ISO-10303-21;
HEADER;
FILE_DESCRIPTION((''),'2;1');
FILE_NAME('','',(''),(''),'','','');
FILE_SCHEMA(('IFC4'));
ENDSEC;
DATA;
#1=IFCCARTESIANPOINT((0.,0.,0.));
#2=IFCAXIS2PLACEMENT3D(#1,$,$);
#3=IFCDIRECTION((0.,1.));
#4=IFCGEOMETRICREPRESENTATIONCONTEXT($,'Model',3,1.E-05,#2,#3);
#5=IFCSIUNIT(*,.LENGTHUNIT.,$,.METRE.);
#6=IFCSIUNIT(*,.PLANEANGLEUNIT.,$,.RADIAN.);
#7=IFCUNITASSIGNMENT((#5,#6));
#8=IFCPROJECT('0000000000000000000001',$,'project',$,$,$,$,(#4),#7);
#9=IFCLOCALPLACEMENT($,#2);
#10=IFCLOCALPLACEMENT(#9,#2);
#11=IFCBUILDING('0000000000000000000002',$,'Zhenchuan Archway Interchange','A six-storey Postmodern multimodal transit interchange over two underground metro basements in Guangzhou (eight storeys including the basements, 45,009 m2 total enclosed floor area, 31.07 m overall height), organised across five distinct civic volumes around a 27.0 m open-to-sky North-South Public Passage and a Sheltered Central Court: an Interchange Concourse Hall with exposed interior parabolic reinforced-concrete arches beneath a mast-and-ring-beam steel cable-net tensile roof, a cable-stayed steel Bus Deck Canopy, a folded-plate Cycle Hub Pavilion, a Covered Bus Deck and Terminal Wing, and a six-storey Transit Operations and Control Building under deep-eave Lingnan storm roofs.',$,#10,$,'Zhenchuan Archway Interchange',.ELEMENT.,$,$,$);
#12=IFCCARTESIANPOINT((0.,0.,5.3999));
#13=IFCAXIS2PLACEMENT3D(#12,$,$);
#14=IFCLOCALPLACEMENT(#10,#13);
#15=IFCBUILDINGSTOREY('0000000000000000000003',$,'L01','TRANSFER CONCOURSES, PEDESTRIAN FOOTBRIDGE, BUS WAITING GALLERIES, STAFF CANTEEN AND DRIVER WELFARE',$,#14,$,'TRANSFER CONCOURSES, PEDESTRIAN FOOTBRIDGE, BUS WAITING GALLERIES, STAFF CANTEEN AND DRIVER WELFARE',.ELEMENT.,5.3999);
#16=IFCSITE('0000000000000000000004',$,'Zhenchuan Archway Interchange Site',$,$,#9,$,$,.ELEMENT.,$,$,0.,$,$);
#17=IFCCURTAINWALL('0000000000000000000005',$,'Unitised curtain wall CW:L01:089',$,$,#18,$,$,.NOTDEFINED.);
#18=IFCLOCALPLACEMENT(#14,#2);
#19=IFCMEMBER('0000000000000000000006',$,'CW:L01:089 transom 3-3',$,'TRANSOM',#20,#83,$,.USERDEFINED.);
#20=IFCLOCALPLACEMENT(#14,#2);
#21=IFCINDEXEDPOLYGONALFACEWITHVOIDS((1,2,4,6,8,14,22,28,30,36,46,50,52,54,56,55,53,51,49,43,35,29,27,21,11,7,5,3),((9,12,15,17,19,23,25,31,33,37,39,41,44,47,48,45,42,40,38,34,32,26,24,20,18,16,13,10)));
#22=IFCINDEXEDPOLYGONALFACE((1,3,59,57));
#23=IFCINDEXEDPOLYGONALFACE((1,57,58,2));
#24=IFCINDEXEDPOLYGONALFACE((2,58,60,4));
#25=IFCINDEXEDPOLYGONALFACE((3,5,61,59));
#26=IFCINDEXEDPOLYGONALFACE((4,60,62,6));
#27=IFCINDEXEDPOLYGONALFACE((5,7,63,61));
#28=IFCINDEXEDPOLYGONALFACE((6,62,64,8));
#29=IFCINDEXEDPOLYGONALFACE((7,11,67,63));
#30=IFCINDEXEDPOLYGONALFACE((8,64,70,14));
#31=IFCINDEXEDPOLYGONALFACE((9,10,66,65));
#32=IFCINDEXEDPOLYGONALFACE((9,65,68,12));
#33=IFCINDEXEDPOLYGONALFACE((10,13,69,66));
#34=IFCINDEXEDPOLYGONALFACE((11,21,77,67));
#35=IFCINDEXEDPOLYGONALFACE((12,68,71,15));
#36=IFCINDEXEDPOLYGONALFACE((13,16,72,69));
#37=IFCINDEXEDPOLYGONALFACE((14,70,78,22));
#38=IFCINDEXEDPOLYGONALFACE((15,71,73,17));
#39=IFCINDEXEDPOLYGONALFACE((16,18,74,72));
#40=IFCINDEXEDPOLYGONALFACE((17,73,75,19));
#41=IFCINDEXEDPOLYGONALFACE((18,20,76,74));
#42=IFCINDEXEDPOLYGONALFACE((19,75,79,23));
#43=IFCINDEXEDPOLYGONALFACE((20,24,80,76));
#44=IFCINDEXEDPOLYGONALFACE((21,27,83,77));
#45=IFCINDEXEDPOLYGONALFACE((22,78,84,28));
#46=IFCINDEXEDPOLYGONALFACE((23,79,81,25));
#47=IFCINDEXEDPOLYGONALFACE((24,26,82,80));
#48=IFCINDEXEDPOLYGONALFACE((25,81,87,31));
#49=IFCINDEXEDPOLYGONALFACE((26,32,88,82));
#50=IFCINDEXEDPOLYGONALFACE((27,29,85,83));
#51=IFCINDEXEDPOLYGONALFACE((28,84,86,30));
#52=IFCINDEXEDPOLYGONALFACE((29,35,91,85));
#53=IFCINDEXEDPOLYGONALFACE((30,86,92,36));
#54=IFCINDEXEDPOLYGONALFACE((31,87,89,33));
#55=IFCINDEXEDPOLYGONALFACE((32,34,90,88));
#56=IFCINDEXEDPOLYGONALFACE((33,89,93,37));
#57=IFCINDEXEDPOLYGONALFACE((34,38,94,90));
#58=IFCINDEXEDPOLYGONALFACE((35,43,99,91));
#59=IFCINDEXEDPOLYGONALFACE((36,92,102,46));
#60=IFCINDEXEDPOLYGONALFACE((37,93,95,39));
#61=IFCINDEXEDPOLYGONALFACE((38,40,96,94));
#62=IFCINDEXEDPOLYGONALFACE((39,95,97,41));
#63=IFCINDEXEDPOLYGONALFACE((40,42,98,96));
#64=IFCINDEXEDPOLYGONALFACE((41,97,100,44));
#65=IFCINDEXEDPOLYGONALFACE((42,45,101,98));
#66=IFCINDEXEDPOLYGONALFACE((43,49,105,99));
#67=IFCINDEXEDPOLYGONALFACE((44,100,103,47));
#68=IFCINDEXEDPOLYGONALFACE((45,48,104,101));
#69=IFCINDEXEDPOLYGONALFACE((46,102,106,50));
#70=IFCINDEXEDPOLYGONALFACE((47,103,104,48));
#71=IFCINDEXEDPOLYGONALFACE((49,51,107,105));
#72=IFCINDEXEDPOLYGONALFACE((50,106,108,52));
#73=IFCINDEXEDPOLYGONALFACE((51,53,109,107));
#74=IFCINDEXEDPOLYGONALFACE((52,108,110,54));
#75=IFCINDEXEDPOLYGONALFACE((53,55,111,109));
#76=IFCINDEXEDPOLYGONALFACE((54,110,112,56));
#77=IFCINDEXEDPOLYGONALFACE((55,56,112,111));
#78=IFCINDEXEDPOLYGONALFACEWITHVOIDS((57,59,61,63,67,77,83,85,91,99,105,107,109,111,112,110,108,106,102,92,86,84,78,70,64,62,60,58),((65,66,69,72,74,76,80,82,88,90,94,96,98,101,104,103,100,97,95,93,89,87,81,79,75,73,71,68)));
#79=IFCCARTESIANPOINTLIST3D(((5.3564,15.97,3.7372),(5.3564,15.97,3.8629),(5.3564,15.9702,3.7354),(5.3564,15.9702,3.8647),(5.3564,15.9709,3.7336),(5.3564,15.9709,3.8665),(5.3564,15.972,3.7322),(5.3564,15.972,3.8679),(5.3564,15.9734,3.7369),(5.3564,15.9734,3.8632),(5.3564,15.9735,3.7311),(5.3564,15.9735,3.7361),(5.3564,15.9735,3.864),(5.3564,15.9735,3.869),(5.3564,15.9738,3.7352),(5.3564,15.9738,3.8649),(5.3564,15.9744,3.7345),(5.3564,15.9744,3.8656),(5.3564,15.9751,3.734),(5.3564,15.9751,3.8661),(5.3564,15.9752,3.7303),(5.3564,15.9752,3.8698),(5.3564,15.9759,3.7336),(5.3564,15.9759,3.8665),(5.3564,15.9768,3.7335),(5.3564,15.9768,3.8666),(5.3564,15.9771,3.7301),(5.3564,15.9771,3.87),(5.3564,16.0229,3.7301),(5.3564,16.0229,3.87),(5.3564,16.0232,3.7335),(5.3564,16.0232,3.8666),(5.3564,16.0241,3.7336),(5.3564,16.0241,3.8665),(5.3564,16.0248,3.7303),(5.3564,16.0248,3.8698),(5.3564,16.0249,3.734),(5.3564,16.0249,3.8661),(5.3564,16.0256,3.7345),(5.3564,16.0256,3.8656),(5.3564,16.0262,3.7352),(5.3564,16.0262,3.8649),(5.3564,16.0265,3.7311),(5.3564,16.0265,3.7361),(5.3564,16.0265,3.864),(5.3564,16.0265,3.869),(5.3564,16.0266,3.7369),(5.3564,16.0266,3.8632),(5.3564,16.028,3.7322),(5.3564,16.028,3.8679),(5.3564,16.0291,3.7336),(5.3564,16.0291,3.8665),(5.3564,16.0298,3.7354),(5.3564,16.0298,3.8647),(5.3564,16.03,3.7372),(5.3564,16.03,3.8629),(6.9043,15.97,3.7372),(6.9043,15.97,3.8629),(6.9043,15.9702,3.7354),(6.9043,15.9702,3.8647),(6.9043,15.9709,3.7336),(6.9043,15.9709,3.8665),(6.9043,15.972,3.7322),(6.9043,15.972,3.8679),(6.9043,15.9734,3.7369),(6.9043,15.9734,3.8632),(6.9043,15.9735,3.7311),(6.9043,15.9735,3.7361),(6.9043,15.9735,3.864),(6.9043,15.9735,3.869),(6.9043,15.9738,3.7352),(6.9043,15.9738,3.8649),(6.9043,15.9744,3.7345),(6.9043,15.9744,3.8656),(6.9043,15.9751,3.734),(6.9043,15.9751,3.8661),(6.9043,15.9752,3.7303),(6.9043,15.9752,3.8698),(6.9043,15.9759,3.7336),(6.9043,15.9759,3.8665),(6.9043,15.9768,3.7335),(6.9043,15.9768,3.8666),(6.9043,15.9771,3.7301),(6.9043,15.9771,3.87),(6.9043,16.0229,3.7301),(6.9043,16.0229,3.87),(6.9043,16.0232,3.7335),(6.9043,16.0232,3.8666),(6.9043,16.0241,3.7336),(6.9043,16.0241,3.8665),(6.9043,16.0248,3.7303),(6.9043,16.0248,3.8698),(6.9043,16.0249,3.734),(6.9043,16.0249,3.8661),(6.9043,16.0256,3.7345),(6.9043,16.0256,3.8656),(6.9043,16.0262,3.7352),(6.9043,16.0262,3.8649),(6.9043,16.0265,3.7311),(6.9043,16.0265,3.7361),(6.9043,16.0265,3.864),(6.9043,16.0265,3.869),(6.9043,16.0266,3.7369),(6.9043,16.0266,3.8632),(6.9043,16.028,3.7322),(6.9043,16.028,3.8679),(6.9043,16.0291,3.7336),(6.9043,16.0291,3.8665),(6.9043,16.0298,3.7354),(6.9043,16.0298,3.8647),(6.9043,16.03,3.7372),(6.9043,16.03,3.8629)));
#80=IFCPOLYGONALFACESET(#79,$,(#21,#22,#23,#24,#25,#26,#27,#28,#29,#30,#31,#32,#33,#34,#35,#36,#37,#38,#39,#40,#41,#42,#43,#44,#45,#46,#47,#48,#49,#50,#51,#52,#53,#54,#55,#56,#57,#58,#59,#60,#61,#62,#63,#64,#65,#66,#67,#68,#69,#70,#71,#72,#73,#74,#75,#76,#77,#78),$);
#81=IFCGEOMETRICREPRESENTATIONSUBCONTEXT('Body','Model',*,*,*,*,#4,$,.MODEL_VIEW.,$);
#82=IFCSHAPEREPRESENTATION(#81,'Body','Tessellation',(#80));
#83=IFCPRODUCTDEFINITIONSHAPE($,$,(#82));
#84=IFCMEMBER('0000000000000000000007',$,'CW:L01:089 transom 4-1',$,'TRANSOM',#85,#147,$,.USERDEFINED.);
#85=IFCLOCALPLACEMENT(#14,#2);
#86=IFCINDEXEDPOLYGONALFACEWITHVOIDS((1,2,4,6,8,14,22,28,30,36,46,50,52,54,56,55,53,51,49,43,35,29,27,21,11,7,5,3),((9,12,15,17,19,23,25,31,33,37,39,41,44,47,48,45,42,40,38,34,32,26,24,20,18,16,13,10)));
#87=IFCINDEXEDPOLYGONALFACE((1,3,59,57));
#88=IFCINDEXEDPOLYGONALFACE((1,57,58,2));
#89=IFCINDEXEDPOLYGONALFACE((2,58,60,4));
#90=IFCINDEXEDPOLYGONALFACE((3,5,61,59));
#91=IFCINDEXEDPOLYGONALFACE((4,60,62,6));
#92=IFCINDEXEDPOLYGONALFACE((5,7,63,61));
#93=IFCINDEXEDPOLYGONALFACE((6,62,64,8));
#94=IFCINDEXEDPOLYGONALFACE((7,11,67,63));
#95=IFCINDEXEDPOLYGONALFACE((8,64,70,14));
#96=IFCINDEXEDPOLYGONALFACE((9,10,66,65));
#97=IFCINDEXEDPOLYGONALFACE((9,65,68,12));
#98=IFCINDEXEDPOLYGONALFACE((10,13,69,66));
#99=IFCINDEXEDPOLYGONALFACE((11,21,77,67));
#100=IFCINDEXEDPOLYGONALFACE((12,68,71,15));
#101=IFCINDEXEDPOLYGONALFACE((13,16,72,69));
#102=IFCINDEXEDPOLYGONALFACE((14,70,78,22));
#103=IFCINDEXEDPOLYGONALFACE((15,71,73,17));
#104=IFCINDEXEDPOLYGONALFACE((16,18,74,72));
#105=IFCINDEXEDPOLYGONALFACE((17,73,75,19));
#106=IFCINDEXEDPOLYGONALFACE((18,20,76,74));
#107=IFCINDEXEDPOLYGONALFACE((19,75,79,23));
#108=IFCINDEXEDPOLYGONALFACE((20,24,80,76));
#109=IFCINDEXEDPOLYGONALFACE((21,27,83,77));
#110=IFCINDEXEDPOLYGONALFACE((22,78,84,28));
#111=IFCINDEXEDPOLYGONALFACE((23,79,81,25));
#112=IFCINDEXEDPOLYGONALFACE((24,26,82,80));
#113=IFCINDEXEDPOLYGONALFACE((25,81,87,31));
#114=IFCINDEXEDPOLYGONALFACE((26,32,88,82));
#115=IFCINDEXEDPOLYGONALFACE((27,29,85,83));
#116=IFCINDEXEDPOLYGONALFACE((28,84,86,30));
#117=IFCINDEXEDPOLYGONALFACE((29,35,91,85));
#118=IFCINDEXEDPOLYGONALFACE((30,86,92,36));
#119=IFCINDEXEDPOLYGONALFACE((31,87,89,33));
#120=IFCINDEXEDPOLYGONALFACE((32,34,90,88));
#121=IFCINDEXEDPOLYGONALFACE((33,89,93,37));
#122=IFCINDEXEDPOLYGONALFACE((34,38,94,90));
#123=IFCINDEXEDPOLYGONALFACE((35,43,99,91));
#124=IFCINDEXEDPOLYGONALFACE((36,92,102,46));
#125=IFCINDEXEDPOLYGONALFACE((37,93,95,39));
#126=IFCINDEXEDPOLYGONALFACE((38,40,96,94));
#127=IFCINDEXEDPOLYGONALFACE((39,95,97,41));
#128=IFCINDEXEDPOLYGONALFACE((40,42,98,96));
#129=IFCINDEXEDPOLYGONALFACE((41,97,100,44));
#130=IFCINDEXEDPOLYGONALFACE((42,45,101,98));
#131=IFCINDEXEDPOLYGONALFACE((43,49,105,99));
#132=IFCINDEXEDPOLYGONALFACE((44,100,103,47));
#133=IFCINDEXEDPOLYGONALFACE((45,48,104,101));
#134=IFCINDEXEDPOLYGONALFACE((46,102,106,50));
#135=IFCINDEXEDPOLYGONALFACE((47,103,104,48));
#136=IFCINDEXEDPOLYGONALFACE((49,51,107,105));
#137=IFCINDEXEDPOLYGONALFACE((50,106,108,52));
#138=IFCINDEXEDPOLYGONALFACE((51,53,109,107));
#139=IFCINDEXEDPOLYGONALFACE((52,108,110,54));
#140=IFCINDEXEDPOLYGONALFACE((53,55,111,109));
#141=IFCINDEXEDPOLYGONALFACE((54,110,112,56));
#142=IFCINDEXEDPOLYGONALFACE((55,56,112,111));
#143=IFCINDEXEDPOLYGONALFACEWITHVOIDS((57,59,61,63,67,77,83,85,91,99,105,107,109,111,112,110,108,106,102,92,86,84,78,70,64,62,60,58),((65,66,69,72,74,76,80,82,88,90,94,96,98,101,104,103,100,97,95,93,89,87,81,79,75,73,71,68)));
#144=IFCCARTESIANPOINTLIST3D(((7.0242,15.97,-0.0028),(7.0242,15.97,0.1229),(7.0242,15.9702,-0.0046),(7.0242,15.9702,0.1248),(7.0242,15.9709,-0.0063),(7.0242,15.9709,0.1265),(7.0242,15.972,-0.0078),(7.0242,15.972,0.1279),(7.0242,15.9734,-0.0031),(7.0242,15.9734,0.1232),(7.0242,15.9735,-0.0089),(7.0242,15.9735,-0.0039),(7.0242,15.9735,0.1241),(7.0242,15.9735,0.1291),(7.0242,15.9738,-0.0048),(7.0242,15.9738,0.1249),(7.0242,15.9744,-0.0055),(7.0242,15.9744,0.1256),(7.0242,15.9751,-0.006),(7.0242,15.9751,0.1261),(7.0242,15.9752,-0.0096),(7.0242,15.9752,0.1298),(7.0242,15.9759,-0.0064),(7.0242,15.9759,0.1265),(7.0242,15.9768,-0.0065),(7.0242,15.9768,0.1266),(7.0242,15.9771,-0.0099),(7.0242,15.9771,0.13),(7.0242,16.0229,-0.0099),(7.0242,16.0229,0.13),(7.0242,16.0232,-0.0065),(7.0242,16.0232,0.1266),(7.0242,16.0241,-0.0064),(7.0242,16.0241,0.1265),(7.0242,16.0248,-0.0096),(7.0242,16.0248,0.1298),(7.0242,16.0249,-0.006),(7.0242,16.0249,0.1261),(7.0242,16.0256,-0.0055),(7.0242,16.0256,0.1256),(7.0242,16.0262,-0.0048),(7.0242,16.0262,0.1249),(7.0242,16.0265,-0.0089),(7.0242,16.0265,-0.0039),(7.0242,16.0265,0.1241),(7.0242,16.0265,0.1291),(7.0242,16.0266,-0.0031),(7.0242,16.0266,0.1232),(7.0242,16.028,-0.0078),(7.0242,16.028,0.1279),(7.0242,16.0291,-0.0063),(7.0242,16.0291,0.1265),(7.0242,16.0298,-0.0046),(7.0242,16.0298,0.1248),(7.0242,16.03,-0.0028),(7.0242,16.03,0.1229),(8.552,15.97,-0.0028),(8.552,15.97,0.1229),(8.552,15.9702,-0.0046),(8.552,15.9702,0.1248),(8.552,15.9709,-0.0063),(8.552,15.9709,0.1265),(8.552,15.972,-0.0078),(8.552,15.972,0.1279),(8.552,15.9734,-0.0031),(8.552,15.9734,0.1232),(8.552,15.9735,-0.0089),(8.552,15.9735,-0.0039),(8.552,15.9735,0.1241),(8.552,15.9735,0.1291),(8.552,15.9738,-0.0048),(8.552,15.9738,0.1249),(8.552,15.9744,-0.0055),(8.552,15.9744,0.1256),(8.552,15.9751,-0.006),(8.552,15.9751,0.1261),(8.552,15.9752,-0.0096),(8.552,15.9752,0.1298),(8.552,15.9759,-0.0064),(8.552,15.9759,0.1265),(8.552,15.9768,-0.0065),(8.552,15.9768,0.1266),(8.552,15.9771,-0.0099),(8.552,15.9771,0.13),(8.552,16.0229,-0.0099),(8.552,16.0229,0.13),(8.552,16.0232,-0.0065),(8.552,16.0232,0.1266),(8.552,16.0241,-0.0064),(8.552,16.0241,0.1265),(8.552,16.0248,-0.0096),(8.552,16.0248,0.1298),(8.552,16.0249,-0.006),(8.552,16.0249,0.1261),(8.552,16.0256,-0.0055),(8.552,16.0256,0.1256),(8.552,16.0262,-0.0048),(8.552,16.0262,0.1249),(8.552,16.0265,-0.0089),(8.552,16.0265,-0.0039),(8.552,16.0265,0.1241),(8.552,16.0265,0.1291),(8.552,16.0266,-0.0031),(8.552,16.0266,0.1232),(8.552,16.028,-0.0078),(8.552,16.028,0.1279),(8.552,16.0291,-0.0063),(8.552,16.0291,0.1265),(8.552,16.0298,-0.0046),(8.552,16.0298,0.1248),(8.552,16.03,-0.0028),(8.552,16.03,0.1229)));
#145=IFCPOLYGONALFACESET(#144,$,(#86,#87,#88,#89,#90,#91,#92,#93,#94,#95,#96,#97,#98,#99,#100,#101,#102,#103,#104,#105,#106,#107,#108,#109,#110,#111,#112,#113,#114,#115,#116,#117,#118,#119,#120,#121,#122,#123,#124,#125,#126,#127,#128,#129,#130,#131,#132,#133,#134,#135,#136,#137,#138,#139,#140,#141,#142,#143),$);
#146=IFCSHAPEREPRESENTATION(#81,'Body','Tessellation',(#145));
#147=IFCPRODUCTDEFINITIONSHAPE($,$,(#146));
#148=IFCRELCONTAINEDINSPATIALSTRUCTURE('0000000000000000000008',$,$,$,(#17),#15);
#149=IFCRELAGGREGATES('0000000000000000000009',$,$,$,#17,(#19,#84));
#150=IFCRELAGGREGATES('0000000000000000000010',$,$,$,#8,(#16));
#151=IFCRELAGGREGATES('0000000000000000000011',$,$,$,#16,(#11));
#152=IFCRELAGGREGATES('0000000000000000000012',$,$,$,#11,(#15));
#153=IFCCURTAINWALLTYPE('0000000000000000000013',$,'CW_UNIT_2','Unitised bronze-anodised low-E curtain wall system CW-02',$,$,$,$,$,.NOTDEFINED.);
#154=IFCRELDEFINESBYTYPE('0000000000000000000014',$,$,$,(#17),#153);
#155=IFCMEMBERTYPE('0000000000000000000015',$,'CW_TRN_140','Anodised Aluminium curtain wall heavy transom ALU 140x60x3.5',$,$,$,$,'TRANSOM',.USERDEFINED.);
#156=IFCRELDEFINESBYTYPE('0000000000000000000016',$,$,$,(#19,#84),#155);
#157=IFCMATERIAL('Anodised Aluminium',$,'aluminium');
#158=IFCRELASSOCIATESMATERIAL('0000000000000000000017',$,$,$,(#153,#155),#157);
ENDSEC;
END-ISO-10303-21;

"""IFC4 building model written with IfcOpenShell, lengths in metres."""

from ifc_helpers import new_model, si_unit, direction, frame, origin, origin_2d, place, context, subcontext, project, spatial, hollow_rectangle, extrude, material, material_profile, profile_set, type_object, element, aggregate, save


model = new_model("IFC4")

# Units and contexts
model_context = context("Model", 3, precision=1e-05, world=origin(), true_north=direction((0.0, 1.0)))
body_context = subcontext(model_context, "Body", "Model", "MODEL_VIEW")
ifc_project = project(units=[si_unit("LENGTHUNIT", "METRE"), si_unit("PLANEANGLEUNIT", "RADIAN")], contexts=[model_context])

# Site, building, storey
site_placement = place(None, origin())
site = spatial("IfcSite", under=ifc_project, at=site_placement, Name="Zhenchuan Archway Interchange Site", CompositionType="ELEMENT", RefElevation=0.0)
building_placement = place(site_placement, origin())
building = spatial("IfcBuilding", under=site, at=building_placement, Name="Zhenchuan Archway Interchange", Description="A six-storey Postmodern multimodal transit interchange over two underground metro basements in Guangzhou (eight storeys including the basements, 45,009 m2 total enclosed floor area, 31.07 m overall height), organised across five distinct civic volumes around a 27.0 m open-to-sky North-South Public Passage and a Sheltered Central Court: an Interchange Concourse Hall with exposed interior parabolic reinforced-concrete arches beneath a mast-and-ring-beam steel cable-net tensile roof, a cable-stayed steel Bus Deck Canopy, a folded-plate Cycle Hub Pavilion, a Covered Bus Deck and Terminal Wing, and a six-storey Transit Operations and Control Building under deep-eave Lingnan storm roofs.", LongName="Zhenchuan Archway Interchange", CompositionType="ELEMENT")
storey_placement = place(building_placement, frame((0.0, 0.0, 5.3999)))
storey = spatial("IfcBuildingStorey", under=building, at=storey_placement, Name="L01", Description="TRANSFER CONCOURSES, PEDESTRIAN FOOTBRIDGE, BUS WAITING GALLERIES, STAFF CANTEEN AND DRIVER WELFARE", LongName="TRANSFER CONCOURSES, PEDESTRIAN FOOTBRIDGE, BUS WAITING GALLERIES, STAFF CANTEEN AND DRIVER WELFARE", CompositionType="ELEMENT", Elevation=5.3999)

# Curtain wall, members
ifc_material_1 = material(Name="Anodised Aluminium", Category="aluminium")
curtain_wall_type = type_object("IfcCurtainWallType", Name="CW_UNIT_2", Description="Unitised bronze-anodised low-E curtain wall system CW-02", PredefinedType="NOTDEFINED", material=ifc_material_1)
curtain_wall_placement = place(storey_placement, origin())
curtain_wall = element("IfcCurtainWall", 1, at=curtain_wall_placement, inside=storey, type_object=curtain_wall_type, Name="Unitised curtain wall CW:L01:089", PredefinedType="NOTDEFINED")
ifc_material_profile_1 = material_profile(ifc_material_1, hollow_rectangle(XDim=0.0601, YDim=0.1399, WallThickness=0.0034, InnerFilletRadius=0.0034, OuterFilletRadius=0.0071, at=origin_2d()), Name="ALU 140x60x3.5")
ifc_profile_set_1 = profile_set([ifc_material_profile_1], Name="Anodised Aluminium")
member_type_1 = type_object("IfcMemberType", Name="CW_TRN_140", Description="Anodised Aluminium curtain wall heavy transom ALU 140x60x3.5", ElementType="TRANSOM", PredefinedType="USERDEFINED", material=ifc_profile_set_1)
member_1_placement = place(storey_placement, frame((5.3564, 16.0, 3.8), z_axis=(1.0, 0.0, 0.0), x_axis=(0.0, 1.0, 0.0)))
member_1 = element("IfcMember", 2, at=member_1_placement, type_object=member_type_1, Name="CW:L01:089 transom 3-3", ObjectType="TRANSOM", PredefinedType="USERDEFINED", context=body_context, shape_type="SweptSolid", body=[
    extrude(hollow_rectangle(XDim=0.0601, YDim=0.1399, WallThickness=0.0034, InnerFilletRadius=0.0034, OuterFilletRadius=0.0071, at=origin_2d()), origin(), (0.0, 0.0, 1.0), 1.5479),
])
member_2_placement = place(storey_placement, frame((7.0242, 16.0, 0.0601), z_axis=(1.0, 0.0, 0.0), x_axis=(0.0, 1.0, 0.0)))
member_2 = element("IfcMember", 3, at=member_2_placement, type_object=member_type_1, Name="CW:L01:089 transom 4-1", ObjectType="TRANSOM", PredefinedType="USERDEFINED", context=body_context, shape_type="SweptSolid", body=[
    extrude(hollow_rectangle(XDim=0.0601, YDim=0.1399, WallThickness=0.0034, InnerFilletRadius=0.0034, OuterFilletRadius=0.0071, at=origin_2d()), origin(), (0.0, 0.0, 1.0), 1.5278),
])

aggregate(curtain_wall, [member_1, member_2])

save(model, "model.ifc")
